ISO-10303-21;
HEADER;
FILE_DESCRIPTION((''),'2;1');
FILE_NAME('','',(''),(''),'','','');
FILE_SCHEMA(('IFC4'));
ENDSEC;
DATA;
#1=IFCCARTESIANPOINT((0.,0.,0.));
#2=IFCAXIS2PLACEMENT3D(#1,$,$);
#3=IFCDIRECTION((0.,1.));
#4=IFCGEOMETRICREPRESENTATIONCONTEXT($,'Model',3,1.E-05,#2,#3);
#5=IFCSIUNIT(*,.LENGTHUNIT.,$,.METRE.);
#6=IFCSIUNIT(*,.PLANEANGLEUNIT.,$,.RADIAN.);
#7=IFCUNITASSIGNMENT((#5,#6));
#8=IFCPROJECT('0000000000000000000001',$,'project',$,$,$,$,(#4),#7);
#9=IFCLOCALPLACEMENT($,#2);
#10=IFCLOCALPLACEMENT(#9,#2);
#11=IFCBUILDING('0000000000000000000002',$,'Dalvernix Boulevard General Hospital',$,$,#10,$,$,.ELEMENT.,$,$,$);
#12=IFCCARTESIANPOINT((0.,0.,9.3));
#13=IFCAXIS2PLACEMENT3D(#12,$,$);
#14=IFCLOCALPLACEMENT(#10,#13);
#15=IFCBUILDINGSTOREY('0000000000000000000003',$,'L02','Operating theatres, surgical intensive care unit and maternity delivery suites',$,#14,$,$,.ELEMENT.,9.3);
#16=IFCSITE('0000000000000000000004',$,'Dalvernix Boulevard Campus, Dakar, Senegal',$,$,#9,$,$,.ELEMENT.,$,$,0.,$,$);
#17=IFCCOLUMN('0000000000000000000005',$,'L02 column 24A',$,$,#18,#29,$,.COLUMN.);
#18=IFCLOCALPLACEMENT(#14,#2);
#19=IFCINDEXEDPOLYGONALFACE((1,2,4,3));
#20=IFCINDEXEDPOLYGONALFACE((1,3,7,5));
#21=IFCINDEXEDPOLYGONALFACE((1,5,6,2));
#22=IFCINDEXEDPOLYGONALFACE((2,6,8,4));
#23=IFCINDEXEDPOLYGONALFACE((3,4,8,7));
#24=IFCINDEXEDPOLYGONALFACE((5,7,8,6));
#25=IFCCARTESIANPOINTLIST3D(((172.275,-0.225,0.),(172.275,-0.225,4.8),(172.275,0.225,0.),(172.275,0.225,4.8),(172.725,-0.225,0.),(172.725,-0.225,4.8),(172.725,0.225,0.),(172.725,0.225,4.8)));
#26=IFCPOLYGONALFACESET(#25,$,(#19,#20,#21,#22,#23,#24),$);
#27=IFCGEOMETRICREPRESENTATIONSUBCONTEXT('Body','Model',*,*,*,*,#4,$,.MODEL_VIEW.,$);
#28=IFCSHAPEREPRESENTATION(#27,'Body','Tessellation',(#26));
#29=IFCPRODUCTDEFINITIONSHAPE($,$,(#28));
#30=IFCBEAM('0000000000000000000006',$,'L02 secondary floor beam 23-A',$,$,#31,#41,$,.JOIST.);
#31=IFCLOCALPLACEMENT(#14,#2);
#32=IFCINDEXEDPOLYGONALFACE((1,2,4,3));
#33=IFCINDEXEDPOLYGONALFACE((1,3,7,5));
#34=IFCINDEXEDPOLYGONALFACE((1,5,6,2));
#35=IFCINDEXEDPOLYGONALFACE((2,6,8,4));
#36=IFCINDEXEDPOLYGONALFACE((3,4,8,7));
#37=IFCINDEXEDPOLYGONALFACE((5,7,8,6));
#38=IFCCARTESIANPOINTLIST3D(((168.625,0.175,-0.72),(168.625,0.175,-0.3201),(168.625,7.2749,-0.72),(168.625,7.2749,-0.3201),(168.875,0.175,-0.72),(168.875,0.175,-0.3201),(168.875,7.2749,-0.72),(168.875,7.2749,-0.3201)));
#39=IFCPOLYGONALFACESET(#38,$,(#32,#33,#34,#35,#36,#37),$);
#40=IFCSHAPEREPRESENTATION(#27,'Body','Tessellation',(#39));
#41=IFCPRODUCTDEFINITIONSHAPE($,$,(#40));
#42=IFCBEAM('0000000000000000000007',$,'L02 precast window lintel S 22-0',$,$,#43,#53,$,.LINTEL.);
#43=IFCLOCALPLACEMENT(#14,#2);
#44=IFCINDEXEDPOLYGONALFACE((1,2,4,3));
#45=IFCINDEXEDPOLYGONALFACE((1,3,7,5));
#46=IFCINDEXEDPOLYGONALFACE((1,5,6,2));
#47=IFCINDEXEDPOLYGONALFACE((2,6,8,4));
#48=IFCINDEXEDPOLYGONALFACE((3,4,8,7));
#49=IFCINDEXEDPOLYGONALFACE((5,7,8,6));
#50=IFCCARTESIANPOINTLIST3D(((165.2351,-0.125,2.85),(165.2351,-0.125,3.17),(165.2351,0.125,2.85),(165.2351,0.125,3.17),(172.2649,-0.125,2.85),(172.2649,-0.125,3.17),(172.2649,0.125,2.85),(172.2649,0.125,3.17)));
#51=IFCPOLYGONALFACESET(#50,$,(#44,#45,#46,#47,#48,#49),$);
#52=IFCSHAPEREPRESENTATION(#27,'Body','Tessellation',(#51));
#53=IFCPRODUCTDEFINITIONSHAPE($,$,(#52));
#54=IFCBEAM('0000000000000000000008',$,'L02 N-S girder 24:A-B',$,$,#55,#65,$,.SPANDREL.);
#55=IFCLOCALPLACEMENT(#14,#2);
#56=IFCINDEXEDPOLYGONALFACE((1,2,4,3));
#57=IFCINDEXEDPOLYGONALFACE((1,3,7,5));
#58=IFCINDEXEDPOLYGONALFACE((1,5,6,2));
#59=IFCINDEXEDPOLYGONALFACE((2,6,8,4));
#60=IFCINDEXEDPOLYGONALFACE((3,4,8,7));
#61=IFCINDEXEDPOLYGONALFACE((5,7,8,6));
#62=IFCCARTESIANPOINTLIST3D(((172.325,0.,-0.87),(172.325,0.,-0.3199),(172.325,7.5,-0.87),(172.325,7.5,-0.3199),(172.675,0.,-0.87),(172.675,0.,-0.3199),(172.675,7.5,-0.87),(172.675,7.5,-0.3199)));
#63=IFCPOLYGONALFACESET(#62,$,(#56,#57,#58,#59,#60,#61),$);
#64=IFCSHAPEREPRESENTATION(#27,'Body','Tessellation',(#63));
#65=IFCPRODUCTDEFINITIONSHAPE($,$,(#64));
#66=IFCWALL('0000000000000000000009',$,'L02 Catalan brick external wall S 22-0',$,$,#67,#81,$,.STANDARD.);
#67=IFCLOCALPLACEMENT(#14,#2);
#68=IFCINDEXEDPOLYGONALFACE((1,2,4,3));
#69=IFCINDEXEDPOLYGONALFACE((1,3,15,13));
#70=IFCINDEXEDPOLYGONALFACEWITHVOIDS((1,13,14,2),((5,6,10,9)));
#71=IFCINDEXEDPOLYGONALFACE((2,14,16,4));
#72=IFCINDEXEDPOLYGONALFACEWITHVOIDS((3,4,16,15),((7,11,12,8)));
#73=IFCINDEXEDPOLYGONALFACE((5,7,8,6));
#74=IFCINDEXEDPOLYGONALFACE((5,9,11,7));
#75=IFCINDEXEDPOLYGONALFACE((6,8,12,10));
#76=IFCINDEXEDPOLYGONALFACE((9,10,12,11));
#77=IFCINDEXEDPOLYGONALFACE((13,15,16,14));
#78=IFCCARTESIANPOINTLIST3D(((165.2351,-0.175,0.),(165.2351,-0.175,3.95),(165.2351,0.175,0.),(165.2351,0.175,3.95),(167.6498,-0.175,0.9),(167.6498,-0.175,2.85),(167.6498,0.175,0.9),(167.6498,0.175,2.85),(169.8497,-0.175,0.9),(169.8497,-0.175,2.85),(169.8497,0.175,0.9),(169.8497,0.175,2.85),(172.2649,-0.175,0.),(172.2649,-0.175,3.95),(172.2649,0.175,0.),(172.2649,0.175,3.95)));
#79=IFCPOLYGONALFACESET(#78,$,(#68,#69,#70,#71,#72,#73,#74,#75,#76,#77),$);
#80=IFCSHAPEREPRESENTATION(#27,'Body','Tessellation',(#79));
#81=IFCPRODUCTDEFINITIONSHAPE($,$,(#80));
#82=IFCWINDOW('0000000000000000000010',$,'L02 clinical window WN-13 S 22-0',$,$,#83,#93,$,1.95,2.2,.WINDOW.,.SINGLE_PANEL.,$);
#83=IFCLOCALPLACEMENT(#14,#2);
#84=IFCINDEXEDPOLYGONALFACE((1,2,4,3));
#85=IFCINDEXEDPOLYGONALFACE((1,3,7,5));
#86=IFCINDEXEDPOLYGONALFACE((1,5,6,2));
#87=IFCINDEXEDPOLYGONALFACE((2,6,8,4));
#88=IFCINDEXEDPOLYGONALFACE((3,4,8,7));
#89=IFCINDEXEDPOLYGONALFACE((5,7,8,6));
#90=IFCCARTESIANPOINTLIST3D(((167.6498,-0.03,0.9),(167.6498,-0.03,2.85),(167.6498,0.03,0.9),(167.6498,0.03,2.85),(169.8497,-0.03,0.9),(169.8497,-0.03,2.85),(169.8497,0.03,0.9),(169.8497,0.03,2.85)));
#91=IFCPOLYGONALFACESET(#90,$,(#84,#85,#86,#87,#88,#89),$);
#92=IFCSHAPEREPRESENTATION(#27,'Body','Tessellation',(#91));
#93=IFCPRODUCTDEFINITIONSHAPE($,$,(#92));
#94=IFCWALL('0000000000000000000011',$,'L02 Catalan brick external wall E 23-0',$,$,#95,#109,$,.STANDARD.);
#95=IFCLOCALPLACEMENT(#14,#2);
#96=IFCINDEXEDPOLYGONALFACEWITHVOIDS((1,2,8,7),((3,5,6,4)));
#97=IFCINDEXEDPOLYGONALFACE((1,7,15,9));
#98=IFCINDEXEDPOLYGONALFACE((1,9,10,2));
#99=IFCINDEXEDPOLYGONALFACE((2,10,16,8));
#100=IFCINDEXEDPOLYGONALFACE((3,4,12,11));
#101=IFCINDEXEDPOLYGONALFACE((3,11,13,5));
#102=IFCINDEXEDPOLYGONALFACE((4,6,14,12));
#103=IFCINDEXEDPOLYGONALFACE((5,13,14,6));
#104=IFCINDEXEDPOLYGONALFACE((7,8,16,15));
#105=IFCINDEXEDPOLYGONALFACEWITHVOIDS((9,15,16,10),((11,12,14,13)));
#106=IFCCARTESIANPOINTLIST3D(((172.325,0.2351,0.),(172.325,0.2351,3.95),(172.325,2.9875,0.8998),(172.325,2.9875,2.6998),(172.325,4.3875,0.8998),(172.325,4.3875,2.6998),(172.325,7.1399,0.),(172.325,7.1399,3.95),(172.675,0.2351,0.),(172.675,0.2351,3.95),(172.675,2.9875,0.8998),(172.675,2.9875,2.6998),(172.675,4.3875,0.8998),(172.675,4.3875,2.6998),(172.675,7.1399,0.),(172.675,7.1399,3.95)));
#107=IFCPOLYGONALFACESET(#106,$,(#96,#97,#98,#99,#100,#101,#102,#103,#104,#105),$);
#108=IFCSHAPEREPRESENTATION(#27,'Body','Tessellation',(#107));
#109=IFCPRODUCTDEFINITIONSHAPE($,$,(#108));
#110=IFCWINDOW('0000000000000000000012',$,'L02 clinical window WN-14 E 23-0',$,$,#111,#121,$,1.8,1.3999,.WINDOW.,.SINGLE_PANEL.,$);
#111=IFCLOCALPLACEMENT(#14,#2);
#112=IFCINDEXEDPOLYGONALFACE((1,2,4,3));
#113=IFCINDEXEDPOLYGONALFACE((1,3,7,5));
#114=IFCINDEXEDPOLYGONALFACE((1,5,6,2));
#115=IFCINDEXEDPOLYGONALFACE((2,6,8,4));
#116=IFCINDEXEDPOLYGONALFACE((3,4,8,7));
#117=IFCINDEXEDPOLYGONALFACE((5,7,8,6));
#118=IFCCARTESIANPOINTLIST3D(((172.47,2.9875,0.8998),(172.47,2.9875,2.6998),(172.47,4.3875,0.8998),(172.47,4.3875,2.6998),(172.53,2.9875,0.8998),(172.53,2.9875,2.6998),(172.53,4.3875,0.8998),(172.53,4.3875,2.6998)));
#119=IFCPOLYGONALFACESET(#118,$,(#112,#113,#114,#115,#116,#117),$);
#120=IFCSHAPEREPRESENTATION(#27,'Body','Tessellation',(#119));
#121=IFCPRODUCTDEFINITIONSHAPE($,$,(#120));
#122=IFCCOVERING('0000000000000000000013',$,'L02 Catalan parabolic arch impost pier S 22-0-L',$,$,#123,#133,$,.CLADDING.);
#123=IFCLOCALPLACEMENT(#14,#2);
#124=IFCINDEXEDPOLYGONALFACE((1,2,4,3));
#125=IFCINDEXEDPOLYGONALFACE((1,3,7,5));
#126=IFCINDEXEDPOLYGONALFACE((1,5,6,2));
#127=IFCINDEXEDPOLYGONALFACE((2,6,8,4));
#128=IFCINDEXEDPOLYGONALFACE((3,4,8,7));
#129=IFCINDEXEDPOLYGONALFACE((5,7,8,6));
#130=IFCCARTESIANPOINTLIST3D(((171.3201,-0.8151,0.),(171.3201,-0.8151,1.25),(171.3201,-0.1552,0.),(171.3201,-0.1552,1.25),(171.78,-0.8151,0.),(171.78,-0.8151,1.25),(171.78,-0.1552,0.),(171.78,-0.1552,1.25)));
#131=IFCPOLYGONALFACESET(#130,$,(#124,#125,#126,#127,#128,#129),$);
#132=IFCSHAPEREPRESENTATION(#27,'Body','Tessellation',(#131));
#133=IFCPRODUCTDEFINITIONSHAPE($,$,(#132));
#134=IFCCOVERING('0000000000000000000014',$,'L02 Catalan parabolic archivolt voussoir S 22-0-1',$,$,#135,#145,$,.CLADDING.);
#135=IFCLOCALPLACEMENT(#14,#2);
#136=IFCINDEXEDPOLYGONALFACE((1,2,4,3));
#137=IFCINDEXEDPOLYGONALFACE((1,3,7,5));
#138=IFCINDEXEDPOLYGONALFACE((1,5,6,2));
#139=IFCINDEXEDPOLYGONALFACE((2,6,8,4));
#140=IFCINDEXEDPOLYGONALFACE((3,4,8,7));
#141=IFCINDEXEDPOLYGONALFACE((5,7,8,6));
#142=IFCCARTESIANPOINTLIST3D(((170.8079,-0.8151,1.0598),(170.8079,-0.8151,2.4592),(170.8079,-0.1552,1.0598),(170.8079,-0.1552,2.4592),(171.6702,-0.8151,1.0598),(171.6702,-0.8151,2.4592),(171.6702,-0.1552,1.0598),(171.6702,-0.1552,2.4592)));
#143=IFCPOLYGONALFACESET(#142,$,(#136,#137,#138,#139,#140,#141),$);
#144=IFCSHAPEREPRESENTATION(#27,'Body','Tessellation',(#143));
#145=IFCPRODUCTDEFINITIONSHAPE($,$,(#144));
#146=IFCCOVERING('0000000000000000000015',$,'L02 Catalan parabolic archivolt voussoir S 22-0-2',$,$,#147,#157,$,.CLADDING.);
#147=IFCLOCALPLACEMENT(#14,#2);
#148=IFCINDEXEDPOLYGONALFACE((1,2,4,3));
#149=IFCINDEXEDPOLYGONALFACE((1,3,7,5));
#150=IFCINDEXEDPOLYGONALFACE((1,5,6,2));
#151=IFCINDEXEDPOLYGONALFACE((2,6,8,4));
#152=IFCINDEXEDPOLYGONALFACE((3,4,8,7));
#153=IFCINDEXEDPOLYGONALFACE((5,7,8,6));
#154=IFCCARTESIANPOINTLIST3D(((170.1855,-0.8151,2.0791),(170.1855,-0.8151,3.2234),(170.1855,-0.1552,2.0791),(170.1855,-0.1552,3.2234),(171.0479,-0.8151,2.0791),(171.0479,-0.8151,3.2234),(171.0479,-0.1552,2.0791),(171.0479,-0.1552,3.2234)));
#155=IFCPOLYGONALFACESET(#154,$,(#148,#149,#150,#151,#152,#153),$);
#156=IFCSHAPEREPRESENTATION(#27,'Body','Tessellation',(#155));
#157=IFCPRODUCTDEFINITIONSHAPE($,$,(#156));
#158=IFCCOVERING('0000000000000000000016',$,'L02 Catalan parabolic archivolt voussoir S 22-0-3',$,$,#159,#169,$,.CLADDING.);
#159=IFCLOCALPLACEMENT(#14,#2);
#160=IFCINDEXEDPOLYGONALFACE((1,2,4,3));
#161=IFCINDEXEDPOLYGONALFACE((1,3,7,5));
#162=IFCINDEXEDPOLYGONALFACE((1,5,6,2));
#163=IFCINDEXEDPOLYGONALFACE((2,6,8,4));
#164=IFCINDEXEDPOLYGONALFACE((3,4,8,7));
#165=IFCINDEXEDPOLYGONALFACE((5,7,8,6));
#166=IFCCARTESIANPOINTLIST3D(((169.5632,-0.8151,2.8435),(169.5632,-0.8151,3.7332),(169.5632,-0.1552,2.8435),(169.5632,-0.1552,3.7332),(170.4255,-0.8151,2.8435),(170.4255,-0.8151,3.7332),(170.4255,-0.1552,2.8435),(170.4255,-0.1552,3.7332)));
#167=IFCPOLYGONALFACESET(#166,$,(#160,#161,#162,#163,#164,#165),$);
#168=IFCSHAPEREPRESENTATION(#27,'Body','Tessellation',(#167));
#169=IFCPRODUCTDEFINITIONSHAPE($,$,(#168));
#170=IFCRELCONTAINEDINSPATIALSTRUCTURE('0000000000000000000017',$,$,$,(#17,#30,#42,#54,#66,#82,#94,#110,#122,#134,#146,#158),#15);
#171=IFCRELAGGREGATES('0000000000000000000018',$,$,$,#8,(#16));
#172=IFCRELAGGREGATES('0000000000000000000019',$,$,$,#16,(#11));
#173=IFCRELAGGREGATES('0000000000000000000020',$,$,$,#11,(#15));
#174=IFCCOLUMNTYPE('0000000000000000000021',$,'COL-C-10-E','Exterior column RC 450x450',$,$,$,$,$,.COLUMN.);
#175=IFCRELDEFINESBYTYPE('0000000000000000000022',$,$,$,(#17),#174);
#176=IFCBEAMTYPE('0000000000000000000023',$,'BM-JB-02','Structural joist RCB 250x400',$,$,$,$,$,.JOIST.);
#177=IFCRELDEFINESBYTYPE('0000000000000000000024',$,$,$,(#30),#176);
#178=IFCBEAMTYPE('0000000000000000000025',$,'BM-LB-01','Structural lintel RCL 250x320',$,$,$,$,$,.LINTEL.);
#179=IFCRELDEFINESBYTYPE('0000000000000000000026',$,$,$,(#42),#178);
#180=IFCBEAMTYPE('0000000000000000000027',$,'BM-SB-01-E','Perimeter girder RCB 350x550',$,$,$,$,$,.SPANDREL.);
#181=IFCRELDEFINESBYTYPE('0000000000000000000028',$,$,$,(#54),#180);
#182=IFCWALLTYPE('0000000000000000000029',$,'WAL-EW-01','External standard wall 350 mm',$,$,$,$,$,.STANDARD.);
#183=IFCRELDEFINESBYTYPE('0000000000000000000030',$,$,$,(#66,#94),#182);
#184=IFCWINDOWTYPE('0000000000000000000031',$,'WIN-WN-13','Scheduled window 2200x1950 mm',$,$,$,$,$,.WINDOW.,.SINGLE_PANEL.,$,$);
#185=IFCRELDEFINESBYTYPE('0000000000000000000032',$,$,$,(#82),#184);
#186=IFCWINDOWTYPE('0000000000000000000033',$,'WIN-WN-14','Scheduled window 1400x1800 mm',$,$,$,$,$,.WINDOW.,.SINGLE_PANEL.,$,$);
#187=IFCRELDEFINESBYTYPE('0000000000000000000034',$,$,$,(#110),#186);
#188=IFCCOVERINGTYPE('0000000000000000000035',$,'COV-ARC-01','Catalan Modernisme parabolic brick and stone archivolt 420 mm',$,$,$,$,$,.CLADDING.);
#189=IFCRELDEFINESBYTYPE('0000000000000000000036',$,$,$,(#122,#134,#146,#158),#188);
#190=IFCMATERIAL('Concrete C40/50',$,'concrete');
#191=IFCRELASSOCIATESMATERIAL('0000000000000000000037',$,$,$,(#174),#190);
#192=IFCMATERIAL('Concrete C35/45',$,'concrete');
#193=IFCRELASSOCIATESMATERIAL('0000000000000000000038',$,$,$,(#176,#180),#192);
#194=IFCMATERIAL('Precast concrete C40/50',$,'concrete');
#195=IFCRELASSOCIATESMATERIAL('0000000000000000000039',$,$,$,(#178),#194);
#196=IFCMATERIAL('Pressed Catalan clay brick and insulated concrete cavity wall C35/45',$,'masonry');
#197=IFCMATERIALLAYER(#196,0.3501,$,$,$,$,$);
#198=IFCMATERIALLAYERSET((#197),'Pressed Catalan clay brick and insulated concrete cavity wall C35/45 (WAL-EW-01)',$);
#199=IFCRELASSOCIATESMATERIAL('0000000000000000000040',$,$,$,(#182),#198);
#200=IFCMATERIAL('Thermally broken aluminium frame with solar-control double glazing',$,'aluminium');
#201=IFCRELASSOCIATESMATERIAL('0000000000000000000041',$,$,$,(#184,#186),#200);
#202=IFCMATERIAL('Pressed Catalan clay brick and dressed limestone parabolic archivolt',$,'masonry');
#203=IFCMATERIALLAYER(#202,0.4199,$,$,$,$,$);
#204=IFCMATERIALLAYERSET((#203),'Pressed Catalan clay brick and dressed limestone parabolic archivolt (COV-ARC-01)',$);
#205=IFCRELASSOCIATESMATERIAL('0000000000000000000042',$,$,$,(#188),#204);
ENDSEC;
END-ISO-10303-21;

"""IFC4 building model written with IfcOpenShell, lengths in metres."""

from ifc_helpers import new_model, si_unit, direction, frame, frame_2d, origin, origin_2d, place, context, subcontext, project, spatial, rectangle, extrude, material, layer, layer_set, material_profile, profile_set, type_object, element, fill, save


model = new_model("IFC4")

# Units and contexts
model_context = context("Model", 3, precision=1e-05, world=origin(), true_north=direction((0.0, 1.0)))
body_context = subcontext(model_context, "Body", "Model", "MODEL_VIEW")
ifc_project = project(units=[si_unit("LENGTHUNIT", "METRE"), si_unit("PLANEANGLEUNIT", "RADIAN")], contexts=[model_context])

# Site, building, storey
site_placement = place(None, origin())
site = spatial("IfcSite", under=ifc_project, at=site_placement, Name="Dalvernix Boulevard Campus, Dakar, Senegal", CompositionType="ELEMENT", RefElevation=0.0)
building_placement = place(site_placement, origin())
building = spatial("IfcBuilding", under=site, at=building_placement, Name="Dalvernix Boulevard General Hospital", CompositionType="ELEMENT")
storey_placement = place(building_placement, frame((0.0, 0.0, 9.3)))
storey = spatial("IfcBuildingStorey", under=building, at=storey_placement, Name="L02", Description="Operating theatres, surgical intensive care unit and maternity delivery suites", CompositionType="ELEMENT", Elevation=9.3)

# Column
ifc_material_1 = material(Name="Concrete C40/50", Category="concrete")
ifc_material_profile_1 = material_profile(ifc_material_1, rectangle(XDim=0.45, YDim=0.45, at=origin_2d()), Name="RC 450x450")
ifc_profile_set_1 = profile_set([ifc_material_profile_1], Name="Concrete C40/50")
column_type = type_object("IfcColumnType", Name="COL-C-10-E", Description="Exterior column RC 450x450", PredefinedType="COLUMN", material=ifc_profile_set_1)
column_placement = place(storey_placement, frame((172.5, 0.0, 0.0), z_axis=(0.0, 0.0, 1.0), x_axis=(1.0, 0.0, 0.0)))
element("IfcColumn", 1, at=column_placement, inside=storey, type_object=column_type, Name="L02 column 24A", PredefinedType="COLUMN", context=body_context, shape_type="SweptSolid", body=[
    extrude(rectangle(XDim=0.45, YDim=0.45, at=origin_2d()), origin(), (0.0, 0.0, 1.0), 4.8),
])

# Beams
ifc_material_2 = material(Name="Concrete C35/45", Category="concrete")
ifc_material_profile_2 = material_profile(ifc_material_2, rectangle(XDim=0.25, YDim=0.3999, at=origin_2d()), Name="RCB 250x400")
ifc_profile_set_2 = profile_set([ifc_material_profile_2], Name="Concrete C35/45")
beam_type_1 = type_object("IfcBeamType", Name="BM-JB-02", Description="Structural joist RCB 250x400", PredefinedType="JOIST", material=ifc_profile_set_2)
beam_1_placement = place(storey_placement, frame((168.75, 0.175, -0.52), z_axis=(0.0, 1.0, 0.0), x_axis=(-1.0, 0.0, 0.0)))
element("IfcBeam", 2, at=beam_1_placement, inside=storey, type_object=beam_type_1, Name="L02 secondary floor beam 23-A", PredefinedType="JOIST", context=body_context, shape_type="SweptSolid", body=[
    extrude(rectangle(XDim=0.25, YDim=0.3999, at=origin_2d()), origin(), (0.0, 0.0, 1.0), 7.0999),
])
ifc_material_3 = material(Name="Precast concrete C40/50", Category="concrete")
ifc_material_profile_3 = material_profile(ifc_material_3, rectangle(XDim=0.25, YDim=0.3201, at=origin_2d()), Name="RCL 250x320")
ifc_profile_set_3 = profile_set([ifc_material_profile_3], Name="Precast concrete C40/50")
beam_type_2 = type_object("IfcBeamType", Name="BM-LB-01", Description="Structural lintel RCL 250x320", PredefinedType="LINTEL", material=ifc_profile_set_3)
beam_2_placement = place(storey_placement, frame((172.2649, 0.0, 3.01), z_axis=(-1.0, 0.0, 0.0), x_axis=(0.0, -1.0, 0.0)))
element("IfcBeam", 3, at=beam_2_placement, inside=storey, type_object=beam_type_2, Name="L02 precast window lintel S 22-0", PredefinedType="LINTEL", context=body_context, shape_type="SweptSolid", body=[
    extrude(rectangle(XDim=0.25, YDim=0.3201, at=origin_2d()), origin(), (0.0, 0.0, 1.0), 7.0298),
])
ifc_material_profile_4 = material_profile(ifc_material_2, rectangle(XDim=0.3501, YDim=0.55, at=origin_2d()), Name="RCB 350x550")
ifc_profile_set_4 = profile_set([ifc_material_profile_4], Name="Concrete C35/45")
beam_type_3 = type_object("IfcBeamType", Name="BM-SB-01-E", Description="Perimeter girder RCB 350x550", PredefinedType="SPANDREL", material=ifc_profile_set_4)
beam_3_placement = place(storey_placement, frame((172.5, 0.0, -0.595), z_axis=(0.0, 1.0, 0.0), x_axis=(-1.0, 0.0, 0.0)))
element("IfcBeam", 4, at=beam_3_placement, inside=storey, type_object=beam_type_3, Name="L02 N-S girder 24:A-B", PredefinedType="SPANDREL", context=body_context, shape_type="SweptSolid", body=[
    extrude(rectangle(XDim=0.3501, YDim=0.55, at=origin_2d()), origin(), (0.0, 0.0, 1.0), 7.5),
])

# Walls, openings, windows
ifc_material_4 = material(Name="Pressed Catalan clay brick and insulated concrete cavity wall C35/45", Category="masonry")
ifc_layer_1 = layer(ifc_material_4, 0.3501)
ifc_layer_set_1 = layer_set([ifc_layer_1], Name="Pressed Catalan clay brick and insulated concrete cavity wall C35/45 (WAL-EW-01)")
wall_type = type_object("IfcWallType", Name="WAL-EW-01", Description="External standard wall 350 mm", PredefinedType="STANDARD", material=ifc_layer_set_1)
wall_1_placement = place(storey_placement, frame((172.2649, 0.0, 0.0), z_axis=(0.0, 0.0, 1.0), x_axis=(-1.0, 0.0, 0.0)))
wall_1 = element("IfcWall", 5, at=wall_1_placement, inside=storey, type_object=wall_type, Name="L02 Catalan brick external wall S 22-0", PredefinedType="STANDARD", context=body_context, shape_type="SweptSolid", body=[
    extrude(rectangle(XDim=7.0298, YDim=0.3501, at=frame_2d((3.5149, 0.0))), origin(), (0.0, 0.0, 1.0), 3.95),
])
opening_1_placement = place(wall_1_placement, frame((2.415, 0.0, 0.8999)))
opening_1 = element("IfcOpeningElement", 6, at=opening_1_placement, cuts=wall_1, PredefinedType="OPENING", context=body_context, shape_type="SweptSolid", body=[
    extrude(rectangle(XDim=2.2, YDim=1.95, at=frame_2d((1.1001, 0.9751))), frame((0.0, 0.1851, 0.0), z_axis=(0.0, -1.0, 0.0), x_axis=(1.0, 0.0, 0.0)), (0.0, 0.0, 1.0), 0.3701),
])
ifc_material_5 = material(Name="Thermally broken aluminium frame with solar-control double glazing", Category="aluminium")
window_type_1 = type_object("IfcWindowType", Name="WIN-WN-13", Description="Scheduled window 2200x1950 mm", PartitioningType="SINGLE_PANEL", PredefinedType="WINDOW", material=ifc_material_5)
window_1_placement = place(opening_1_placement, origin())
window_1 = element("IfcWindow", 7, at=window_1_placement, inside=storey, type_object=window_type_1, Name="L02 clinical window WN-13 S 22-0", OverallHeight=1.95, OverallWidth=2.2, PartitioningType="SINGLE_PANEL", PredefinedType="WINDOW", context=body_context, shape_type="SweptSolid", body=[
    extrude(rectangle(XDim=2.2, YDim=1.95, at=frame_2d((1.1001, 0.9751))), frame((0.0, 0.03, 0.0), z_axis=(0.0, -1.0, 0.0), x_axis=(1.0, 0.0, 0.0)), (0.0, 0.0, 1.0), 0.0601),
])
fill(opening_1, window_1)
wall_2_placement = place(storey_placement, frame((172.5, 7.1399, 0.0), z_axis=(0.0, 0.0, 1.0), x_axis=(0.0, -1.0, 0.0)))
wall_2 = element("IfcWall", 8, at=wall_2_placement, inside=storey, type_object=wall_type, Name="L02 Catalan brick external wall E 23-0", PredefinedType="STANDARD", context=body_context, shape_type="SweptSolid", body=[
    extrude(rectangle(XDim=6.9048, YDim=0.3501, at=frame_2d((3.4524, 0.0))), origin(), (0.0, 0.0, 1.0), 3.95),
])
opening_2_placement = place(wall_2_placement, frame((2.7524, 0.0, 0.8999)))
opening_2 = element("IfcOpeningElement", 9, at=opening_2_placement, cuts=wall_2, PredefinedType="OPENING", context=body_context, shape_type="SweptSolid", body=[
    extrude(rectangle(XDim=1.3999, YDim=1.8, at=frame_2d((0.7, 0.8999))), frame((0.0, 0.1851, 0.0), z_axis=(0.0, -1.0, 0.0), x_axis=(1.0, 0.0, 0.0)), (0.0, 0.0, 1.0), 0.3701),
])
window_type_2 = type_object("IfcWindowType", Name="WIN-WN-14", Description="Scheduled window 1400x1800 mm", PartitioningType="SINGLE_PANEL", PredefinedType="WINDOW", material=ifc_material_5)
window_2_placement = place(opening_2_placement, origin())
window_2 = element("IfcWindow", 10, at=window_2_placement, inside=storey, type_object=window_type_2, Name="L02 clinical window WN-14 E 23-0", OverallHeight=1.8, OverallWidth=1.3999, PartitioningType="SINGLE_PANEL", PredefinedType="WINDOW", context=body_context, shape_type="SweptSolid", body=[
    extrude(rectangle(XDim=1.3999, YDim=1.8, at=frame_2d((0.7, 0.8999))), frame((0.0, 0.03, 0.0), z_axis=(0.0, -1.0, 0.0), x_axis=(1.0, 0.0, 0.0)), (0.0, 0.0, 1.0), 0.0601),
])
fill(opening_2, window_2)

# Coverings
ifc_material_6 = material(Name="Pressed Catalan clay brick and dressed limestone parabolic archivolt", Category="masonry")
ifc_layer_2 = layer(ifc_material_6, 0.4199)
ifc_layer_set_2 = layer_set([ifc_layer_2], Name="Pressed Catalan clay brick and dressed limestone parabolic archivolt (COV-ARC-01)")
covering_type_1 = type_object("IfcCoveringType", Name="COV-ARC-01", Description="Catalan Modernisme parabolic brick and stone archivolt 420 mm", PredefinedType="CLADDING", material=ifc_layer_set_2)
covering_1_placement = place(storey_placement, frame((171.55, -0.4851, 0.0), z_axis=(0.0, 0.0, 1.0), x_axis=(-1.0, 0.0, 0.0)))
element("IfcCovering", 11, at=covering_1_placement, inside=storey, type_object=covering_type_1, Name="L02 Catalan parabolic arch impost pier S 22-0-L", PredefinedType="CLADDING", context=body_context, shape_type="SweptSolid", body=[
    extrude(rectangle(XDim=0.46, YDim=0.6599, at=origin_2d()), origin(), (0.0, 0.0, 1.0), 1.25),
])
covering_2_placement = place(storey_placement, frame((171.239, -0.4851, 1.0598), z_axis=(0.0, 0.0, 1.0), x_axis=(-1.0, 0.0, 0.0)))
element("IfcCovering", 12, at=covering_2_placement, inside=storey, type_object=covering_type_1, Name="L02 Catalan parabolic archivolt voussoir S 22-0-1", PredefinedType="CLADDING", context=body_context, shape_type="SweptSolid", body=[
    extrude(rectangle(XDim=0.8623, YDim=0.6599, at=origin_2d()), origin(), (0.0, 0.0, 1.0), 1.3994),
])
covering_3_placement = place(storey_placement, frame((170.6167, -0.4851, 2.0791), z_axis=(0.0, 0.0, 1.0), x_axis=(-1.0, 0.0, 0.0)))
element("IfcCovering", 13, at=covering_3_placement, inside=storey, type_object=covering_type_1, Name="L02 Catalan parabolic archivolt voussoir S 22-0-2", PredefinedType="CLADDING", context=body_context, shape_type="SweptSolid", body=[
    extrude(rectangle(XDim=0.8623, YDim=0.6599, at=origin_2d()), origin(), (0.0, 0.0, 1.0), 1.1443),
])
covering_4_placement = place(storey_placement, frame((169.9944, -0.4851, 2.8435), z_axis=(0.0, 0.0, 1.0), x_axis=(-1.0, 0.0, 0.0)))
element("IfcCovering", 14, at=covering_4_placement, inside=storey, type_object=covering_type_1, Name="L02 Catalan parabolic archivolt voussoir S 22-0-3", PredefinedType="CLADDING", context=body_context, shape_type="SweptSolid", body=[
    extrude(rectangle(XDim=0.8623, YDim=0.6599, at=origin_2d()), origin(), (0.0, 0.0, 1.0), 0.8896),
])

save(model, "model.ifc")
